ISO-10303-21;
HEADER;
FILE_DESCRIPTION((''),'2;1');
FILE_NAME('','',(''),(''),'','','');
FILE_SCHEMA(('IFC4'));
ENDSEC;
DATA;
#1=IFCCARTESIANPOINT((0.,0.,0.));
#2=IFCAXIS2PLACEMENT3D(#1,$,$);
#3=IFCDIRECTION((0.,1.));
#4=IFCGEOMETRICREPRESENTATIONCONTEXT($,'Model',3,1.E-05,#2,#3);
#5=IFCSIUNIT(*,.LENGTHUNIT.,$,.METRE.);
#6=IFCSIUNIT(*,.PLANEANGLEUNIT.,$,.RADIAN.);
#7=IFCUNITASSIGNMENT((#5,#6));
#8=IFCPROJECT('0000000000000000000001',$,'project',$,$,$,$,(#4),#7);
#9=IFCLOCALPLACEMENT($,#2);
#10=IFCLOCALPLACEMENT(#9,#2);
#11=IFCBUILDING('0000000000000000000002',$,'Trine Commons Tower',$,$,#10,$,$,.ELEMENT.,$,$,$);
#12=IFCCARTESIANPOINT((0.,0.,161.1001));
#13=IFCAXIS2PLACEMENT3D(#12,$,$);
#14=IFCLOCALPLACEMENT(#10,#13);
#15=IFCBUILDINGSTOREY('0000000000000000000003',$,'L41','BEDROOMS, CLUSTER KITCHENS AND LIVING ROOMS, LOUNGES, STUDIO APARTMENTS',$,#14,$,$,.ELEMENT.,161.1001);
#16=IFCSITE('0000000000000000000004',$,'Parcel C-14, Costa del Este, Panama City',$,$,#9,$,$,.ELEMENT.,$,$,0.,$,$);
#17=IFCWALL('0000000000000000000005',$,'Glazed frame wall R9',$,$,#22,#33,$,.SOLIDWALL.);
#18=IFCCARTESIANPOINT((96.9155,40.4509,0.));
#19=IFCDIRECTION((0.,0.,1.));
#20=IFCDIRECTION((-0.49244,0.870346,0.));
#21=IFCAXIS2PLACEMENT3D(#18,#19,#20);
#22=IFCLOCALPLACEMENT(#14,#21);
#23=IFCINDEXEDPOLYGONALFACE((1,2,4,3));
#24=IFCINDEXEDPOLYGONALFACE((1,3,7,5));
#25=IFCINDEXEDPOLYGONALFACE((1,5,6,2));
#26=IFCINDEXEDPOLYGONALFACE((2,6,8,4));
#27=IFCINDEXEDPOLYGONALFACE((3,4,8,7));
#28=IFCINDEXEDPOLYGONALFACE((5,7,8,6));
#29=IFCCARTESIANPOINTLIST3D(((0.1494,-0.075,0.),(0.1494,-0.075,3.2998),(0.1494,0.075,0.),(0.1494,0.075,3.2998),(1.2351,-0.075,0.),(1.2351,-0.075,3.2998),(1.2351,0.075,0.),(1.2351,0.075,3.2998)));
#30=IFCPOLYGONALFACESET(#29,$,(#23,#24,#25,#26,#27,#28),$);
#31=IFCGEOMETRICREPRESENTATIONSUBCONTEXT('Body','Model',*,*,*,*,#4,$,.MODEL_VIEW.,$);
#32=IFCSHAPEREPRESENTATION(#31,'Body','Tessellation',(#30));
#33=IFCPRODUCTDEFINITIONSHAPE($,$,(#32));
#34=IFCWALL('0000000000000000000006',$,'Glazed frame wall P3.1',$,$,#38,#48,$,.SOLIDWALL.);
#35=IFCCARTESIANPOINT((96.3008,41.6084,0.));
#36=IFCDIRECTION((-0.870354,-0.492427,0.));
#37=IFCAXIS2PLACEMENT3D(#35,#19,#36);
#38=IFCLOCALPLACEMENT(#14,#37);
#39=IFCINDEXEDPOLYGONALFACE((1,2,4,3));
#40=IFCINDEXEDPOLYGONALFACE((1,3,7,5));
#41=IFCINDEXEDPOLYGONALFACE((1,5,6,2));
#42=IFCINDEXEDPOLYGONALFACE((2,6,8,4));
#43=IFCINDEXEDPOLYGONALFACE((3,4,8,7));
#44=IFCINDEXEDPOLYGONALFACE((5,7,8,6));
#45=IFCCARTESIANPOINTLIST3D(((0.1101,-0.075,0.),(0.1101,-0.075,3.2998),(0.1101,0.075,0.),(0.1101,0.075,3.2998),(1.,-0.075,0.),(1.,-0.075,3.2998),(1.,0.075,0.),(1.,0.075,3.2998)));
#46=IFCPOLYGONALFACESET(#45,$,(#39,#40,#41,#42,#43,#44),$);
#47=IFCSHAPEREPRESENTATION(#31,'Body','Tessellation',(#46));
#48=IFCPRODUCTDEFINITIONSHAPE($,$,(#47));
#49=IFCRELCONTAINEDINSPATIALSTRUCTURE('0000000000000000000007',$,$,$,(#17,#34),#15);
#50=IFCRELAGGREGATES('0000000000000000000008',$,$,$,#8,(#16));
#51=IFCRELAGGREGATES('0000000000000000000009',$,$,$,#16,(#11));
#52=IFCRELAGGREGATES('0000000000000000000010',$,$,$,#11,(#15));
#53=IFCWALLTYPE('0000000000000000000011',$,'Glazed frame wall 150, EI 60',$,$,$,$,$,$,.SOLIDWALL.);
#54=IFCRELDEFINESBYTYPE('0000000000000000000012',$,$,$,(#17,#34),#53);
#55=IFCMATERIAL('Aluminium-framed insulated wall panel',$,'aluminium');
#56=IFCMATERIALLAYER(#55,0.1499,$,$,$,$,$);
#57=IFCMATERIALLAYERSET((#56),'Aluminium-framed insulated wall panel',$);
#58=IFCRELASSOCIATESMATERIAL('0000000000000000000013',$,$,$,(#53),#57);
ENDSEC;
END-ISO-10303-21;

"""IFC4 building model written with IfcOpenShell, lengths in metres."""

from ifc_helpers import new_model, si_unit, direction, frame, origin, place, context, subcontext, project, spatial, polyline, outline, extrude, material, layer, layer_set, type_object, element, save


model = new_model("IFC4")

# Units and contexts
model_context = context("Model", 3, precision=1e-05, world=origin(), true_north=direction((0.0, 1.0)))
body_context = subcontext(model_context, "Body", "Model", "MODEL_VIEW")
ifc_project = project(units=[si_unit("LENGTHUNIT", "METRE"), si_unit("PLANEANGLEUNIT", "RADIAN")], contexts=[model_context])

# Site, building, storey
site_placement = place(None, origin())
site = spatial("IfcSite", under=ifc_project, at=site_placement, Name="Parcel C-14, Costa del Este, Panama City", CompositionType="ELEMENT", RefElevation=0.0)
building_placement = place(site_placement, origin())
building = spatial("IfcBuilding", under=site, at=building_placement, Name="Trine Commons Tower", CompositionType="ELEMENT")
storey_placement = place(building_placement, frame((0.0, 0.0, 161.1001)))
storey = spatial("IfcBuildingStorey", under=building, at=storey_placement, Name="L41", Description="BEDROOMS, CLUSTER KITCHENS AND LIVING ROOMS, LOUNGES, STUDIO APARTMENTS", CompositionType="ELEMENT", Elevation=161.1001)

# Walls
ifc_material_1 = material(Name="Aluminium-framed insulated wall panel", Category="aluminium")
ifc_layer_1 = layer(ifc_material_1, 0.1499)
ifc_layer_set_1 = layer_set([ifc_layer_1], Name="Aluminium-framed insulated wall panel")
wall_type_1 = type_object("IfcWallType", Name="Glazed frame wall 150, EI 60", PredefinedType="SOLIDWALL", material=ifc_layer_set_1)
wall_1_placement = place(storey_placement, frame((96.9155, 40.4509, 0.0), z_axis=(0.0, 0.0, 1.0), x_axis=(-0.49244, 0.870346, 0.0)))
element("IfcWall", 1, at=wall_1_placement, inside=storey, type_object=wall_type_1, Name="Glazed frame wall R9", PredefinedType="SOLIDWALL", context=body_context, shape_type="SweptSolid", body=[
    extrude(outline(polyline([(0.1494, 0.075), (0.1494, -0.075), (1.2351, -0.075), (1.2351, 0.075), (0.1494, 0.075)])), origin(), (0.0, 0.0, 1.0), 3.2998),
])
wall_2_placement = place(storey_placement, frame((96.3008, 41.6084, 0.0), z_axis=(0.0, 0.0, 1.0), x_axis=(-0.870354, -0.492427, 0.0)))
element("IfcWall", 2, at=wall_2_placement, inside=storey, type_object=wall_type_1, Name="Glazed frame wall P3.1", PredefinedType="SOLIDWALL", context=body_context, shape_type="SweptSolid", body=[
    extrude(outline(polyline([(0.1101, -0.075), (1.0, -0.075), (1.0, 0.075), (0.1101, 0.075), (0.1101, -0.075)])), origin(), (0.0, 0.0, 1.0), 3.2998),
])

save(model, "model.ifc")
